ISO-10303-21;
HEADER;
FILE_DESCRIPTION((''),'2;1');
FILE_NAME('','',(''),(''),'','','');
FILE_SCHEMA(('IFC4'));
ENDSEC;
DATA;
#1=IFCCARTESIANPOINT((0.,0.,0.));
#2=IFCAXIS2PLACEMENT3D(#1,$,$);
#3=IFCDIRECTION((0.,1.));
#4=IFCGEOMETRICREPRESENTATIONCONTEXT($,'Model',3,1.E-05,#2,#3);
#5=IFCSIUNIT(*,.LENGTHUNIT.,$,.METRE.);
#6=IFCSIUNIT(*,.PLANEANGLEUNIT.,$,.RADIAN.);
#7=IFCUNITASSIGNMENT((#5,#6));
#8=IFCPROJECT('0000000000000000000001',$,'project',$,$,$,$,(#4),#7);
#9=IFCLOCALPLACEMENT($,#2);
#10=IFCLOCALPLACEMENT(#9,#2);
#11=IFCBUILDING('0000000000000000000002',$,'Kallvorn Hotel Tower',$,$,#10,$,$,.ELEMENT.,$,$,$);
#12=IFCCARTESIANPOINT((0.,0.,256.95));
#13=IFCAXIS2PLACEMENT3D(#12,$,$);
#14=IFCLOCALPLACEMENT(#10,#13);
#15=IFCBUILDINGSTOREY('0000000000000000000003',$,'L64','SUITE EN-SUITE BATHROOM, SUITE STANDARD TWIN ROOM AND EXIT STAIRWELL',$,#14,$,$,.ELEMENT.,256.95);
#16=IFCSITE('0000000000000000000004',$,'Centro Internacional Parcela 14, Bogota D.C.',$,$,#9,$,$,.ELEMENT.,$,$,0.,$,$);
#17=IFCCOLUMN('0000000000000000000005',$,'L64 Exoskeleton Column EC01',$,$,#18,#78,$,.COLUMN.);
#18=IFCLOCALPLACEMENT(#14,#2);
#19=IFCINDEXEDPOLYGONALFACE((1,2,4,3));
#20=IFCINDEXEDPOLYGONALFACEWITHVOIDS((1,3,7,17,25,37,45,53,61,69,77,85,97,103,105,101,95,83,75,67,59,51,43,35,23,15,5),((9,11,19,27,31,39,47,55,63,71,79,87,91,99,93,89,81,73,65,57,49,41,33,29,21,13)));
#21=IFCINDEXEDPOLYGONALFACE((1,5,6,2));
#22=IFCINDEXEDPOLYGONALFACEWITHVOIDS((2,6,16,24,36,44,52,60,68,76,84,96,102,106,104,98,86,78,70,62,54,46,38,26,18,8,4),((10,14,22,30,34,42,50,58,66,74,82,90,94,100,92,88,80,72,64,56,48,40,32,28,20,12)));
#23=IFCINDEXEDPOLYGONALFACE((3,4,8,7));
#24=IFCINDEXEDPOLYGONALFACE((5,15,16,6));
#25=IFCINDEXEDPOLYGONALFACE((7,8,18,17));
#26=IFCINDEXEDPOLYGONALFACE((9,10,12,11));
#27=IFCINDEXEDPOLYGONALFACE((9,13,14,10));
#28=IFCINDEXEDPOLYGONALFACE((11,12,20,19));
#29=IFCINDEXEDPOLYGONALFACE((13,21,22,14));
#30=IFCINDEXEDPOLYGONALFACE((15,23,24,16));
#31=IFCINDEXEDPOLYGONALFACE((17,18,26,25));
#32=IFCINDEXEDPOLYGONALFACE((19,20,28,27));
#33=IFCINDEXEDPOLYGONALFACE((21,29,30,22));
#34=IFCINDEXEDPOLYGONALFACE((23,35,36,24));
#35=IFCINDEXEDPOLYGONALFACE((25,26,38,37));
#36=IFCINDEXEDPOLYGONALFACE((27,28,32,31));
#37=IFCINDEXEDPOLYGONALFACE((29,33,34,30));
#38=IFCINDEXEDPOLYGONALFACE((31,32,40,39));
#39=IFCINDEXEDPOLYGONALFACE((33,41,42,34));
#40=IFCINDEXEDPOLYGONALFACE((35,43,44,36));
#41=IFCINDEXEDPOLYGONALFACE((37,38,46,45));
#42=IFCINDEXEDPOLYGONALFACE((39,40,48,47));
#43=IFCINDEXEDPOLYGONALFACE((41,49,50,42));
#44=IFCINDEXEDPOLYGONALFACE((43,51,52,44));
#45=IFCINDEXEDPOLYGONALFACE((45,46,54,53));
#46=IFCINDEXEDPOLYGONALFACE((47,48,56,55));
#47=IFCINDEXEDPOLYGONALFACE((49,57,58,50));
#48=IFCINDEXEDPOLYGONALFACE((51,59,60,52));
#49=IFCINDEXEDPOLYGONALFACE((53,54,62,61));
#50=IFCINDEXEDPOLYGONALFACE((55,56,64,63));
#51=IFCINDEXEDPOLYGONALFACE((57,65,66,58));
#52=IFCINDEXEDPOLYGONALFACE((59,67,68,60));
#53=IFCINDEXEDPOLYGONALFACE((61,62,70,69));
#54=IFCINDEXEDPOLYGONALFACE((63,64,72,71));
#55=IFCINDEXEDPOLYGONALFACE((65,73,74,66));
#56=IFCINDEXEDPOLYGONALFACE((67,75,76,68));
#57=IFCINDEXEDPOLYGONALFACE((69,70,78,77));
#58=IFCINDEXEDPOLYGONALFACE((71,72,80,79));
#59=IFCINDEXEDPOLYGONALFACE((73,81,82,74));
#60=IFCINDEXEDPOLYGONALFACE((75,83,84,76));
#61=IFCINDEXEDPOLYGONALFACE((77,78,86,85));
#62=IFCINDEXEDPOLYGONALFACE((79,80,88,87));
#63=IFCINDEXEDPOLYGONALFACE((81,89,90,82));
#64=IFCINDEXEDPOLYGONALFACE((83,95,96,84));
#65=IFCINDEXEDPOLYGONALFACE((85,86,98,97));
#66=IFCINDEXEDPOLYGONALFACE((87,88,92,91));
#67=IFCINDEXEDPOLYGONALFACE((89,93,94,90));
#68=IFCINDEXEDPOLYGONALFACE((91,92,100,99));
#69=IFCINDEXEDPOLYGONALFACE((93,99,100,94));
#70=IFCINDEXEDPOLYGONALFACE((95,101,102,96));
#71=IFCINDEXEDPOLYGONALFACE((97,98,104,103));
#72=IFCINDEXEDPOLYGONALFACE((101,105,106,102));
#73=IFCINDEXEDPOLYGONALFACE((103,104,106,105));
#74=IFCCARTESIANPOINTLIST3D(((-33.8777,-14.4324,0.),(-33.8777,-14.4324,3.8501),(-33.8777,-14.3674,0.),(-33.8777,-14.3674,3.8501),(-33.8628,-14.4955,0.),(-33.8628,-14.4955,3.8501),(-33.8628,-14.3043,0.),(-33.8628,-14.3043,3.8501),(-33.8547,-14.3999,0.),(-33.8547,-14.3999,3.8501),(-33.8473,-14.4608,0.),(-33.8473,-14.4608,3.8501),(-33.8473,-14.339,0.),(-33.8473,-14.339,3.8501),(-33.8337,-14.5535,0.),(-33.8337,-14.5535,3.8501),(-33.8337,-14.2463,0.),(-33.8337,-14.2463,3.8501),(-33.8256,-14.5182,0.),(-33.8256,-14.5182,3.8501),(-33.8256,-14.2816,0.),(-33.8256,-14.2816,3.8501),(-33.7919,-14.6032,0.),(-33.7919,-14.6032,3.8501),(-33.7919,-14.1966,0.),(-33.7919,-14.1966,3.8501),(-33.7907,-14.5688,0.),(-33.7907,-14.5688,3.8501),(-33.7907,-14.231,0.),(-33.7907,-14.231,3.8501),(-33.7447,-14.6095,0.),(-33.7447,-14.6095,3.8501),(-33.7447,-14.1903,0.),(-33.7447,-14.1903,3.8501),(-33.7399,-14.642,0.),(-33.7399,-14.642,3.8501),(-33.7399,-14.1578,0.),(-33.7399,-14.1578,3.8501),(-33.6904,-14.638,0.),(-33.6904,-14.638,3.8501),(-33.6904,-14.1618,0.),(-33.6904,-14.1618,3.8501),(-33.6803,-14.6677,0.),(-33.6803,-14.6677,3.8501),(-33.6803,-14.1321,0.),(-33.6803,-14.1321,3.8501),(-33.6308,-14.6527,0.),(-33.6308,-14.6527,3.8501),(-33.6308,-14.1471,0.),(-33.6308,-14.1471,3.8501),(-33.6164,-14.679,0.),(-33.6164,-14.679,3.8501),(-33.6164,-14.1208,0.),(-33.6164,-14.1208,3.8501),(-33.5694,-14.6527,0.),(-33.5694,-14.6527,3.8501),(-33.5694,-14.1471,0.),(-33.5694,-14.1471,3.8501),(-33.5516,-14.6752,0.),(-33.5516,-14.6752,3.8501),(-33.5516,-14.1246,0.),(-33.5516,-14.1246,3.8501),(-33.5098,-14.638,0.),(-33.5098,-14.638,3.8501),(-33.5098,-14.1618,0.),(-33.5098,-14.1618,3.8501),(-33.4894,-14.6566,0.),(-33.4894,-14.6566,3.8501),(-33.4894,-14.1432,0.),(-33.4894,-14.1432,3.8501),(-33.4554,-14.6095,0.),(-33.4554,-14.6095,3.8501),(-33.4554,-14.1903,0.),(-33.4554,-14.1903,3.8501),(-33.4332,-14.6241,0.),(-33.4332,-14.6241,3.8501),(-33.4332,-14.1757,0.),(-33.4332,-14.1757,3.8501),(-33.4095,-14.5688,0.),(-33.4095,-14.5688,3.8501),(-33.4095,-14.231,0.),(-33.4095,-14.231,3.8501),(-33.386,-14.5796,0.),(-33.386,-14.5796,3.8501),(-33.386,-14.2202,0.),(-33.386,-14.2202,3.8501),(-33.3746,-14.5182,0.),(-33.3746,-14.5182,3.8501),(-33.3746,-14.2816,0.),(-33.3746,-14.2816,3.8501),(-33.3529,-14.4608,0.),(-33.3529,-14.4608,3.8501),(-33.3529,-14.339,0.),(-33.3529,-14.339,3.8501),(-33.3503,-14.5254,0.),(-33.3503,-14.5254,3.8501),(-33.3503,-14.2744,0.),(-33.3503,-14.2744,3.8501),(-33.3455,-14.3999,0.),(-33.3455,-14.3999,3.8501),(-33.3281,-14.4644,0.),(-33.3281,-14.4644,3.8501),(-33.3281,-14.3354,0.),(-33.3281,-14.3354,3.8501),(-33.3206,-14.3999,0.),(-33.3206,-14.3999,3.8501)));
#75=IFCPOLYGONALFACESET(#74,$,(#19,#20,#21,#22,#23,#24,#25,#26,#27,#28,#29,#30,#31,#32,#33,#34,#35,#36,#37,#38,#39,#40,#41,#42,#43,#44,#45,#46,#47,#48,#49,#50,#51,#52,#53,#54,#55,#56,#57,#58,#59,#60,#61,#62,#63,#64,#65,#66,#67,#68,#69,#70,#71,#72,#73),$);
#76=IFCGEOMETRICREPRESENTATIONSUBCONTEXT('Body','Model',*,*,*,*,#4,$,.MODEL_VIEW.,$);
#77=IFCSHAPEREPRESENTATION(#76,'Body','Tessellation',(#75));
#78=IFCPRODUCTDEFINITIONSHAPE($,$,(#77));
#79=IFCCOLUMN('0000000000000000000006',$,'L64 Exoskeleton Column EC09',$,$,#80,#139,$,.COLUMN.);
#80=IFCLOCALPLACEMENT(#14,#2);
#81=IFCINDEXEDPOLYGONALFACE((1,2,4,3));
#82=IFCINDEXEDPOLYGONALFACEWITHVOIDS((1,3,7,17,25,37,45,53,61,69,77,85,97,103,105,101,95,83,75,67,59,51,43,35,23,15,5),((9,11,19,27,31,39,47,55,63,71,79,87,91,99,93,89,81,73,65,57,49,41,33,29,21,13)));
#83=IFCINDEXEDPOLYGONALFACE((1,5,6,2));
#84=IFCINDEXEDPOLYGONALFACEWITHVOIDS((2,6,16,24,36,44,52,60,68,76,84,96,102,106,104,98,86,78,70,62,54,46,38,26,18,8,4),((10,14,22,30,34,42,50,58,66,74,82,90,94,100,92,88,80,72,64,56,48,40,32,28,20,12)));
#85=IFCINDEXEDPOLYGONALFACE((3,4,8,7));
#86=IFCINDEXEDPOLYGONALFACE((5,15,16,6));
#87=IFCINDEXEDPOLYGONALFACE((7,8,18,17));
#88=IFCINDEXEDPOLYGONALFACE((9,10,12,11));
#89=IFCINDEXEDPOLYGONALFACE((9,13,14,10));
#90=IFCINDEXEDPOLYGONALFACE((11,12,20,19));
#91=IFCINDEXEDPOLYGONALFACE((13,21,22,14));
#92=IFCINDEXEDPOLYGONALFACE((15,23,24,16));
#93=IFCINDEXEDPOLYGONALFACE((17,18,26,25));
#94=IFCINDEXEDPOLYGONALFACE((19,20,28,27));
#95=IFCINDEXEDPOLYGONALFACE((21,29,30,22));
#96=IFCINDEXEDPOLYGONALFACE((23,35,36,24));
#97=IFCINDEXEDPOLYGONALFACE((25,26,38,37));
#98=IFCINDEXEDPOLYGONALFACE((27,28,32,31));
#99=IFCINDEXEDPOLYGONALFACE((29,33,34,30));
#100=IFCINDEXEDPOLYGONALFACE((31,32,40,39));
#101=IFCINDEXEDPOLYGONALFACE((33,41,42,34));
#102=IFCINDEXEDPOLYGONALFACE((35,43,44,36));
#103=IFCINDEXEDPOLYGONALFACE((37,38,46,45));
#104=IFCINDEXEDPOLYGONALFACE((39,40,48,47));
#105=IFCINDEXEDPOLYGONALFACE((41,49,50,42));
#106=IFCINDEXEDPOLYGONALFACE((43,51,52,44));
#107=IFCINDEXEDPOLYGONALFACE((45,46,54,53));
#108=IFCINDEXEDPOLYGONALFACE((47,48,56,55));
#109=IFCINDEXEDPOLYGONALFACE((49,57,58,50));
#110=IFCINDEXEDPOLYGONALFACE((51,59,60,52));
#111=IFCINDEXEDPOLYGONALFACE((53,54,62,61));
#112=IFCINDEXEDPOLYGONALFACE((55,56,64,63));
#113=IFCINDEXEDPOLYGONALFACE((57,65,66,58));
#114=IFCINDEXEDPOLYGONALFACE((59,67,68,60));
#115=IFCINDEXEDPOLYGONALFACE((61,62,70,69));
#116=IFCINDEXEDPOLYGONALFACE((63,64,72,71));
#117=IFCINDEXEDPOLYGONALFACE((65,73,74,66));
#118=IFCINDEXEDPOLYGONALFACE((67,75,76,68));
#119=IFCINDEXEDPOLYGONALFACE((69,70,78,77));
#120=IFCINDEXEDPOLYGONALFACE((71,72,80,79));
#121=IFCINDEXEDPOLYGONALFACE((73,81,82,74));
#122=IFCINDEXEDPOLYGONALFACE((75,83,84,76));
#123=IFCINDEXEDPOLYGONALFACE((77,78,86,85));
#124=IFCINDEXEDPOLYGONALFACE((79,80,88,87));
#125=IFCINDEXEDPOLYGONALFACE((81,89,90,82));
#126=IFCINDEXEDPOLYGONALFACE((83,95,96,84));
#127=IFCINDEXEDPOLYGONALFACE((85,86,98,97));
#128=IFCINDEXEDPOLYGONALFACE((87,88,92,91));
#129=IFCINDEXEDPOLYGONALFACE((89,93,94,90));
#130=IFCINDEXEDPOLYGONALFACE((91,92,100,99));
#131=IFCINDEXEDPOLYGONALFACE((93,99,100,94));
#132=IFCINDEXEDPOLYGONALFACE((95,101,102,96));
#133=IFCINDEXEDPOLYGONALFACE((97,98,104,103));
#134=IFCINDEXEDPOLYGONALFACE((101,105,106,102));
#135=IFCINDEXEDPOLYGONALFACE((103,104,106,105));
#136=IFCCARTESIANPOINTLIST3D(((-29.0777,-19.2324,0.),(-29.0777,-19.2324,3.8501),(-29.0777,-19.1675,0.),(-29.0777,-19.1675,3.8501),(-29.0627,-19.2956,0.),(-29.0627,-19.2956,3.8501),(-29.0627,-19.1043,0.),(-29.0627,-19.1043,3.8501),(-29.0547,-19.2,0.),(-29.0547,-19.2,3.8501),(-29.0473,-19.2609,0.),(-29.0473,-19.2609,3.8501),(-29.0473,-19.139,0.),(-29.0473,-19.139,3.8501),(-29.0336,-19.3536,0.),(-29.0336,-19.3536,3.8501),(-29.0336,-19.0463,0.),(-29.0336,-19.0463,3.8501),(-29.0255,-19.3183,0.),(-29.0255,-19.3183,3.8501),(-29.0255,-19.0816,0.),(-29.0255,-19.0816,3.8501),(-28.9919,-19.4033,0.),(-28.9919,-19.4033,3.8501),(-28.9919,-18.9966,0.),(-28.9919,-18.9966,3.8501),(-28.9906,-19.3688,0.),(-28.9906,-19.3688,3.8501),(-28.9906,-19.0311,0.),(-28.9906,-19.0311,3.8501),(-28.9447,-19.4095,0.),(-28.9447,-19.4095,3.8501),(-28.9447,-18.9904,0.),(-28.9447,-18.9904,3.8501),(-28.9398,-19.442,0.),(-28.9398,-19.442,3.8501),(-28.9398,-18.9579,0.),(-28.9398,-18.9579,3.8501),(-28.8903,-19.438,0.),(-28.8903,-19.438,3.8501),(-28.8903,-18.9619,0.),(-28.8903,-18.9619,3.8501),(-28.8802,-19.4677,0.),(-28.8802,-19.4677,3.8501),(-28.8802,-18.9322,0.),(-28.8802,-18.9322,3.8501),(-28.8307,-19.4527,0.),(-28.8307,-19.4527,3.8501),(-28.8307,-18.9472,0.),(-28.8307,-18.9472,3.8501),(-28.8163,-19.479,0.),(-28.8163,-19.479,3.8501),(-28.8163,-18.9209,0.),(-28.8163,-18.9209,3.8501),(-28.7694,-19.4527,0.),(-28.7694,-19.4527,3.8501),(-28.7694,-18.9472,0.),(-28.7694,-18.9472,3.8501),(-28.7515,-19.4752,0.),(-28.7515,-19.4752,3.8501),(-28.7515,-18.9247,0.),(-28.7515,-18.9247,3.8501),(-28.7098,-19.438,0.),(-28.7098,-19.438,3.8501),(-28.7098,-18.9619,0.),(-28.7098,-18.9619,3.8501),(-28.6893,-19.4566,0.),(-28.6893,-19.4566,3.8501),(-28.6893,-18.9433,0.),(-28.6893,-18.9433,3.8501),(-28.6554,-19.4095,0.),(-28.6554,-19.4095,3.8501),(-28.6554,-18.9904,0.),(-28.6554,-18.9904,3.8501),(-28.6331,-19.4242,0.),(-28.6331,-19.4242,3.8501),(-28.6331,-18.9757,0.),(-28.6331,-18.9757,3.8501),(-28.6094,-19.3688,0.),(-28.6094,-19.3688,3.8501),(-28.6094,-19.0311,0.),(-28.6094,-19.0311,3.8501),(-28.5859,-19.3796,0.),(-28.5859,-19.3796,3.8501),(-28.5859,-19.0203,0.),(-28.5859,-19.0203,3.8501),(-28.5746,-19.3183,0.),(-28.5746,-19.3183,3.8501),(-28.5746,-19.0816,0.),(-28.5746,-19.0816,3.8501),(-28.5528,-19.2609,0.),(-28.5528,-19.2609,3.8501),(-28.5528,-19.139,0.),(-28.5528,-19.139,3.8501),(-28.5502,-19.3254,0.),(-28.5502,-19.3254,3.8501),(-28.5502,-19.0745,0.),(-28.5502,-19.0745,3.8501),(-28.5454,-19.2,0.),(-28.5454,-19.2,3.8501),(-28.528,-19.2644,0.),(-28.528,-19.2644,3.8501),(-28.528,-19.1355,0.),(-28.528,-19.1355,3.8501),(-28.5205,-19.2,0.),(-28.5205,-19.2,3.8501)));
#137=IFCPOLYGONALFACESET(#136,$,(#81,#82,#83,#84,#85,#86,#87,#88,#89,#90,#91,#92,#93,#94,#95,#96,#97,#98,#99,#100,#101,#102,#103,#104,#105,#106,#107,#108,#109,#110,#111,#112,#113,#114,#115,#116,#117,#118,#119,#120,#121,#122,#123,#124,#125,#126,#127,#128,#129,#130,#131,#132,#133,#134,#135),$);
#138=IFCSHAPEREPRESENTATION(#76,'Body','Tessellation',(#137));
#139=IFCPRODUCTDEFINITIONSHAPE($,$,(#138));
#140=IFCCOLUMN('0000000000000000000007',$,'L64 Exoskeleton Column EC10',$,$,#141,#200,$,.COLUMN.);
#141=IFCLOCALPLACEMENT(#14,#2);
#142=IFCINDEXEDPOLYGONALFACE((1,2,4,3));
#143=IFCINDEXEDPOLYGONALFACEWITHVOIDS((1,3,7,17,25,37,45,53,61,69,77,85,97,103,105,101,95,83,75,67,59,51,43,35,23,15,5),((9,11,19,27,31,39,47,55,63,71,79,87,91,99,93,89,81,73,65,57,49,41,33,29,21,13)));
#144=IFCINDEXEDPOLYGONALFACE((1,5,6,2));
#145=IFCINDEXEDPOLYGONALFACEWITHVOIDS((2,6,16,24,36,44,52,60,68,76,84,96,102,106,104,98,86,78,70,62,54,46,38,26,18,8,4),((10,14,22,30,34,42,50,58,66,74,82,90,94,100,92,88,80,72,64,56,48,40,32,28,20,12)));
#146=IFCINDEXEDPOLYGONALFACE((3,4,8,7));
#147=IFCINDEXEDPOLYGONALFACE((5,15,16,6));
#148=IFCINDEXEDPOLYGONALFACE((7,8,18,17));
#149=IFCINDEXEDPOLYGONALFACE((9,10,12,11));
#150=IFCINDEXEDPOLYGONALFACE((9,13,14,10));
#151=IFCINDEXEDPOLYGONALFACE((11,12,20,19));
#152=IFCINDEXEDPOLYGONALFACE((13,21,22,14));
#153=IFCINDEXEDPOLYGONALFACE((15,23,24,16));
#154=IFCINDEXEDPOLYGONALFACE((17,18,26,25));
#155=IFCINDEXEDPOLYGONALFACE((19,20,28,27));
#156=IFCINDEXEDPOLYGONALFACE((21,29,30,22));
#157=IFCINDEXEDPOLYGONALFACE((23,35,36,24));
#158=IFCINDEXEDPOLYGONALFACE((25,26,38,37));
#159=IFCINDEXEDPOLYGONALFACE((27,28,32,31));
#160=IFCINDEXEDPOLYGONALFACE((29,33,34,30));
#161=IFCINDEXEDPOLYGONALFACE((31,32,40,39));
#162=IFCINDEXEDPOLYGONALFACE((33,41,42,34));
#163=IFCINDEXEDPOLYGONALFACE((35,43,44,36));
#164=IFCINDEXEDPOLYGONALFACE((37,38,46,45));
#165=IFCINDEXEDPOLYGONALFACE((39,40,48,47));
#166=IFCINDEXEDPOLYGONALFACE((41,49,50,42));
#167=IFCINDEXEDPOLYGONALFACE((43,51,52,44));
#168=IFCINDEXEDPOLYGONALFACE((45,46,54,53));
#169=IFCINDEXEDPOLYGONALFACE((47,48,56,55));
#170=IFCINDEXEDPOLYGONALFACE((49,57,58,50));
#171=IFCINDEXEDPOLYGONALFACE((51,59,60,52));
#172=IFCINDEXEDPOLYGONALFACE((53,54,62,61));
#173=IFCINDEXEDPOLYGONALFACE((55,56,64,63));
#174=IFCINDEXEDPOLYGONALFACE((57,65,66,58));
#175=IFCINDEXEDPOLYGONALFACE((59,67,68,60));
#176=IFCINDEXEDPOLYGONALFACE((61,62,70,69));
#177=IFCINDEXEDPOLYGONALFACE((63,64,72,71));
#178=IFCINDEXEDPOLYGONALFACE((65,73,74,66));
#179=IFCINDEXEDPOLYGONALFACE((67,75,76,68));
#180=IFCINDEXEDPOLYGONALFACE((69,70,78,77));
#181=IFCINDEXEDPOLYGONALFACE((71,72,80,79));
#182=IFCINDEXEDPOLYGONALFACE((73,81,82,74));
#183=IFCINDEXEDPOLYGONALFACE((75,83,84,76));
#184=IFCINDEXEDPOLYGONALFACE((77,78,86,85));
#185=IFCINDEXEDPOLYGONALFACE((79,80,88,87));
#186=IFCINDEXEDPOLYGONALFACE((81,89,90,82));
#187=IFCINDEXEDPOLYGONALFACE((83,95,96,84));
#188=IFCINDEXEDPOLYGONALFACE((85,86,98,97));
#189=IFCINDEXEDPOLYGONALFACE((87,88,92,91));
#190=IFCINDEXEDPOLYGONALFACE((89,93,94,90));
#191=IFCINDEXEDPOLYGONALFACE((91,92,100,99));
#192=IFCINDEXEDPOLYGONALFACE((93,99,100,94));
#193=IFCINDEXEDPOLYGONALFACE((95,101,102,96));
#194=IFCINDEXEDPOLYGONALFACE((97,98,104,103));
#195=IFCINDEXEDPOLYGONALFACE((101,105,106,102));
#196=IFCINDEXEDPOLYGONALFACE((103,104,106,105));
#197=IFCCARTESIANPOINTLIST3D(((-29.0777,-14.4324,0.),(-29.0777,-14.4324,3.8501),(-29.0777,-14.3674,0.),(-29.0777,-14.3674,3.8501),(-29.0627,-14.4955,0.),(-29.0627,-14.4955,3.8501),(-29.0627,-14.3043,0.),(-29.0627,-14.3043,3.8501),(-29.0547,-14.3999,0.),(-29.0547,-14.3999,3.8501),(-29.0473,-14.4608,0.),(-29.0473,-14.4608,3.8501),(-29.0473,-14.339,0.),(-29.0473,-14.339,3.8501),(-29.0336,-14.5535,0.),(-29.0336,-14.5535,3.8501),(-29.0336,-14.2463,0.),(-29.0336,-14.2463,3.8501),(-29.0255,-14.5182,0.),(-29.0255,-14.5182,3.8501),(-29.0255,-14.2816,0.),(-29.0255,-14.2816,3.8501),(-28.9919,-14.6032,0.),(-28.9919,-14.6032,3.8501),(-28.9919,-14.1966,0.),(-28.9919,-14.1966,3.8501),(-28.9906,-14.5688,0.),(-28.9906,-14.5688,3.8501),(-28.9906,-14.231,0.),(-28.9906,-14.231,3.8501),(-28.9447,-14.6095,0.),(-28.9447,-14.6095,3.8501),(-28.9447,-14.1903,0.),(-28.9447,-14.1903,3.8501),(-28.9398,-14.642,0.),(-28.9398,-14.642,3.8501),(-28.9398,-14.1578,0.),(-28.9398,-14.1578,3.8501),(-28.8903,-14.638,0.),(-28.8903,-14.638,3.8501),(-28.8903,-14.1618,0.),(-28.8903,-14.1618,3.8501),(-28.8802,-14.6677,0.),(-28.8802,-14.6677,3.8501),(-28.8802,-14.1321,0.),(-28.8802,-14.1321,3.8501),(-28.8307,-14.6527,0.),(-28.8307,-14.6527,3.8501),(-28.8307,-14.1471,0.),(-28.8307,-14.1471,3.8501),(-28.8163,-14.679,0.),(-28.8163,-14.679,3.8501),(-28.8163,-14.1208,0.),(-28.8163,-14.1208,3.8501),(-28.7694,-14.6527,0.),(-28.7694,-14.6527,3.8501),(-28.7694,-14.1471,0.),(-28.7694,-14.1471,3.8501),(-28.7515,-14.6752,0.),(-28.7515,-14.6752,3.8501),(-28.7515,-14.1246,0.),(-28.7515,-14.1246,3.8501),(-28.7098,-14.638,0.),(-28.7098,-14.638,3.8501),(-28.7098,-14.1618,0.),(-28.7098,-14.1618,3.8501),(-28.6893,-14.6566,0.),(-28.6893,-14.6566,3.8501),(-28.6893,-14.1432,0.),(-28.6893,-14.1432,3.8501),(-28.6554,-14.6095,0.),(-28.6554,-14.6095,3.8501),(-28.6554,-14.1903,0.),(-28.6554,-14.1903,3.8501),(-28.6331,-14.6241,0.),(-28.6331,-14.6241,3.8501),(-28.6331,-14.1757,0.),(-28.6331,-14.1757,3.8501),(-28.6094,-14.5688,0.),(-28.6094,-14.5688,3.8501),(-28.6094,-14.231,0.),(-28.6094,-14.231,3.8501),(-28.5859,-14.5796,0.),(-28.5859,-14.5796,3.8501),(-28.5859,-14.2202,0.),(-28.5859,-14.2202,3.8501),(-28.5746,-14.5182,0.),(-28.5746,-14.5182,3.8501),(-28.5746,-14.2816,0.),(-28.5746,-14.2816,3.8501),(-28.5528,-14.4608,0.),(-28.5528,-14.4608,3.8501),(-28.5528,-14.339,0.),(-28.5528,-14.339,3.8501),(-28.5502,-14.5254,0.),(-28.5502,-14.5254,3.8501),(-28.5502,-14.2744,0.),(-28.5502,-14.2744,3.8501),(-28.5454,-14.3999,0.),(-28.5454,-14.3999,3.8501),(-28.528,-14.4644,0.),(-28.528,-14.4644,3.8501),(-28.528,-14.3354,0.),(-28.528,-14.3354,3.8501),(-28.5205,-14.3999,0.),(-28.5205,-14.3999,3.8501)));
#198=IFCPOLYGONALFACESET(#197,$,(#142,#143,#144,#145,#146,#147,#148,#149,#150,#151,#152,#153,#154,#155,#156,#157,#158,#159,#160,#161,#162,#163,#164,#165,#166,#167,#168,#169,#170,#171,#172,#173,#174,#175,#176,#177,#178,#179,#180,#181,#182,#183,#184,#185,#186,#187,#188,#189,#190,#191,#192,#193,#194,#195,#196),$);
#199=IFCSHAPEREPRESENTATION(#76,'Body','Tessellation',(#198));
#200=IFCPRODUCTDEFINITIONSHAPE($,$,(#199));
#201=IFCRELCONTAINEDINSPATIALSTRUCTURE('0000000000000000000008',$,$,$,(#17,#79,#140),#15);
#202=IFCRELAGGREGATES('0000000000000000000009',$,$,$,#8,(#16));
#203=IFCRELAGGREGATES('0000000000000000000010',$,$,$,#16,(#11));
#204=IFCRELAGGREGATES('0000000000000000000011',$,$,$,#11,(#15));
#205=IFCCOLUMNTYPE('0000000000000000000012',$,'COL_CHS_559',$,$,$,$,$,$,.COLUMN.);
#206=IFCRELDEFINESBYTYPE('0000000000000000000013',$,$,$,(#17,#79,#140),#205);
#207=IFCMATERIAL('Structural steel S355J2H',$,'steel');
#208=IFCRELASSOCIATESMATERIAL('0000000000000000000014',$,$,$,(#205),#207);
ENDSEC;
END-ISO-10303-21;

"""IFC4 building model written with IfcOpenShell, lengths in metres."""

from ifc_helpers import new_model, si_unit, direction, frame, origin, origin_2d, place, context, subcontext, project, spatial, hollow_circle, extrude, material, material_profile, profile_set, type_object, element, save


model = new_model("IFC4")

# Units and contexts
model_context = context("Model", 3, precision=1e-05, world=origin(), true_north=direction((0.0, 1.0)))
body_context = subcontext(model_context, "Body", "Model", "MODEL_VIEW")
ifc_project = project(units=[si_unit("LENGTHUNIT", "METRE"), si_unit("PLANEANGLEUNIT", "RADIAN")], contexts=[model_context])

# Site, building, storey
site_placement = place(None, origin())
site = spatial("IfcSite", under=ifc_project, at=site_placement, Name="Centro Internacional Parcela 14, Bogota D.C.", CompositionType="ELEMENT", RefElevation=0.0)
building_placement = place(site_placement, origin())
building = spatial("IfcBuilding", under=site, at=building_placement, Name="Kallvorn Hotel Tower", CompositionType="ELEMENT")
storey_placement = place(building_placement, frame((0.0, 0.0, 256.95)))
storey = spatial("IfcBuildingStorey", under=building, at=storey_placement, Name="L64", Description="SUITE EN-SUITE BATHROOM, SUITE STANDARD TWIN ROOM AND EXIT STAIRWELL", CompositionType="ELEMENT", Elevation=256.95)

# Columns
ifc_material_1 = material(Name="Structural steel S355J2H", Category="steel")
ifc_material_profile_1 = material_profile(ifc_material_1, hollow_circle(Radius=0.2795, WallThickness=0.0249, at=origin_2d()), Name="CHS 559x25")
ifc_profile_set_1 = profile_set([ifc_material_profile_1], Name="Structural steel S355J2H")
column_type_1 = type_object("IfcColumnType", Name="COL_CHS_559", PredefinedType="COLUMN", material=ifc_profile_set_1)
for number, where, z_axis, x_axis, name in (
    (1, (-33.6001, -14.3999, 0.0), (0.0, 0.0, 1.0), (1.0, 0.0, 0.0), "L64 Exoskeleton Column EC01"),
    (2, (-28.8, -19.2, 0.0), (0.0, 0.0, 1.0), (1.0, 0.0, 0.0), "L64 Exoskeleton Column EC09"),
    (3, (-28.8, -14.3999, 0.0), (0.0, 0.0, 1.0), (1.0, 0.0, 0.0), "L64 Exoskeleton Column EC10"),
):
    element("IfcColumn", number, at=place(storey_placement, frame(where, z_axis=z_axis, x_axis=x_axis)), inside=storey, type_object=column_type_1, Name=name, PredefinedType="COLUMN", context=body_context, shape_type="SweptSolid", body=[
        extrude(hollow_circle(Radius=0.2795, WallThickness=0.0249, at=origin_2d()), origin(), (0.0, 0.0, 1.0), 3.8501),
    ])

save(model, "model.ifc")
